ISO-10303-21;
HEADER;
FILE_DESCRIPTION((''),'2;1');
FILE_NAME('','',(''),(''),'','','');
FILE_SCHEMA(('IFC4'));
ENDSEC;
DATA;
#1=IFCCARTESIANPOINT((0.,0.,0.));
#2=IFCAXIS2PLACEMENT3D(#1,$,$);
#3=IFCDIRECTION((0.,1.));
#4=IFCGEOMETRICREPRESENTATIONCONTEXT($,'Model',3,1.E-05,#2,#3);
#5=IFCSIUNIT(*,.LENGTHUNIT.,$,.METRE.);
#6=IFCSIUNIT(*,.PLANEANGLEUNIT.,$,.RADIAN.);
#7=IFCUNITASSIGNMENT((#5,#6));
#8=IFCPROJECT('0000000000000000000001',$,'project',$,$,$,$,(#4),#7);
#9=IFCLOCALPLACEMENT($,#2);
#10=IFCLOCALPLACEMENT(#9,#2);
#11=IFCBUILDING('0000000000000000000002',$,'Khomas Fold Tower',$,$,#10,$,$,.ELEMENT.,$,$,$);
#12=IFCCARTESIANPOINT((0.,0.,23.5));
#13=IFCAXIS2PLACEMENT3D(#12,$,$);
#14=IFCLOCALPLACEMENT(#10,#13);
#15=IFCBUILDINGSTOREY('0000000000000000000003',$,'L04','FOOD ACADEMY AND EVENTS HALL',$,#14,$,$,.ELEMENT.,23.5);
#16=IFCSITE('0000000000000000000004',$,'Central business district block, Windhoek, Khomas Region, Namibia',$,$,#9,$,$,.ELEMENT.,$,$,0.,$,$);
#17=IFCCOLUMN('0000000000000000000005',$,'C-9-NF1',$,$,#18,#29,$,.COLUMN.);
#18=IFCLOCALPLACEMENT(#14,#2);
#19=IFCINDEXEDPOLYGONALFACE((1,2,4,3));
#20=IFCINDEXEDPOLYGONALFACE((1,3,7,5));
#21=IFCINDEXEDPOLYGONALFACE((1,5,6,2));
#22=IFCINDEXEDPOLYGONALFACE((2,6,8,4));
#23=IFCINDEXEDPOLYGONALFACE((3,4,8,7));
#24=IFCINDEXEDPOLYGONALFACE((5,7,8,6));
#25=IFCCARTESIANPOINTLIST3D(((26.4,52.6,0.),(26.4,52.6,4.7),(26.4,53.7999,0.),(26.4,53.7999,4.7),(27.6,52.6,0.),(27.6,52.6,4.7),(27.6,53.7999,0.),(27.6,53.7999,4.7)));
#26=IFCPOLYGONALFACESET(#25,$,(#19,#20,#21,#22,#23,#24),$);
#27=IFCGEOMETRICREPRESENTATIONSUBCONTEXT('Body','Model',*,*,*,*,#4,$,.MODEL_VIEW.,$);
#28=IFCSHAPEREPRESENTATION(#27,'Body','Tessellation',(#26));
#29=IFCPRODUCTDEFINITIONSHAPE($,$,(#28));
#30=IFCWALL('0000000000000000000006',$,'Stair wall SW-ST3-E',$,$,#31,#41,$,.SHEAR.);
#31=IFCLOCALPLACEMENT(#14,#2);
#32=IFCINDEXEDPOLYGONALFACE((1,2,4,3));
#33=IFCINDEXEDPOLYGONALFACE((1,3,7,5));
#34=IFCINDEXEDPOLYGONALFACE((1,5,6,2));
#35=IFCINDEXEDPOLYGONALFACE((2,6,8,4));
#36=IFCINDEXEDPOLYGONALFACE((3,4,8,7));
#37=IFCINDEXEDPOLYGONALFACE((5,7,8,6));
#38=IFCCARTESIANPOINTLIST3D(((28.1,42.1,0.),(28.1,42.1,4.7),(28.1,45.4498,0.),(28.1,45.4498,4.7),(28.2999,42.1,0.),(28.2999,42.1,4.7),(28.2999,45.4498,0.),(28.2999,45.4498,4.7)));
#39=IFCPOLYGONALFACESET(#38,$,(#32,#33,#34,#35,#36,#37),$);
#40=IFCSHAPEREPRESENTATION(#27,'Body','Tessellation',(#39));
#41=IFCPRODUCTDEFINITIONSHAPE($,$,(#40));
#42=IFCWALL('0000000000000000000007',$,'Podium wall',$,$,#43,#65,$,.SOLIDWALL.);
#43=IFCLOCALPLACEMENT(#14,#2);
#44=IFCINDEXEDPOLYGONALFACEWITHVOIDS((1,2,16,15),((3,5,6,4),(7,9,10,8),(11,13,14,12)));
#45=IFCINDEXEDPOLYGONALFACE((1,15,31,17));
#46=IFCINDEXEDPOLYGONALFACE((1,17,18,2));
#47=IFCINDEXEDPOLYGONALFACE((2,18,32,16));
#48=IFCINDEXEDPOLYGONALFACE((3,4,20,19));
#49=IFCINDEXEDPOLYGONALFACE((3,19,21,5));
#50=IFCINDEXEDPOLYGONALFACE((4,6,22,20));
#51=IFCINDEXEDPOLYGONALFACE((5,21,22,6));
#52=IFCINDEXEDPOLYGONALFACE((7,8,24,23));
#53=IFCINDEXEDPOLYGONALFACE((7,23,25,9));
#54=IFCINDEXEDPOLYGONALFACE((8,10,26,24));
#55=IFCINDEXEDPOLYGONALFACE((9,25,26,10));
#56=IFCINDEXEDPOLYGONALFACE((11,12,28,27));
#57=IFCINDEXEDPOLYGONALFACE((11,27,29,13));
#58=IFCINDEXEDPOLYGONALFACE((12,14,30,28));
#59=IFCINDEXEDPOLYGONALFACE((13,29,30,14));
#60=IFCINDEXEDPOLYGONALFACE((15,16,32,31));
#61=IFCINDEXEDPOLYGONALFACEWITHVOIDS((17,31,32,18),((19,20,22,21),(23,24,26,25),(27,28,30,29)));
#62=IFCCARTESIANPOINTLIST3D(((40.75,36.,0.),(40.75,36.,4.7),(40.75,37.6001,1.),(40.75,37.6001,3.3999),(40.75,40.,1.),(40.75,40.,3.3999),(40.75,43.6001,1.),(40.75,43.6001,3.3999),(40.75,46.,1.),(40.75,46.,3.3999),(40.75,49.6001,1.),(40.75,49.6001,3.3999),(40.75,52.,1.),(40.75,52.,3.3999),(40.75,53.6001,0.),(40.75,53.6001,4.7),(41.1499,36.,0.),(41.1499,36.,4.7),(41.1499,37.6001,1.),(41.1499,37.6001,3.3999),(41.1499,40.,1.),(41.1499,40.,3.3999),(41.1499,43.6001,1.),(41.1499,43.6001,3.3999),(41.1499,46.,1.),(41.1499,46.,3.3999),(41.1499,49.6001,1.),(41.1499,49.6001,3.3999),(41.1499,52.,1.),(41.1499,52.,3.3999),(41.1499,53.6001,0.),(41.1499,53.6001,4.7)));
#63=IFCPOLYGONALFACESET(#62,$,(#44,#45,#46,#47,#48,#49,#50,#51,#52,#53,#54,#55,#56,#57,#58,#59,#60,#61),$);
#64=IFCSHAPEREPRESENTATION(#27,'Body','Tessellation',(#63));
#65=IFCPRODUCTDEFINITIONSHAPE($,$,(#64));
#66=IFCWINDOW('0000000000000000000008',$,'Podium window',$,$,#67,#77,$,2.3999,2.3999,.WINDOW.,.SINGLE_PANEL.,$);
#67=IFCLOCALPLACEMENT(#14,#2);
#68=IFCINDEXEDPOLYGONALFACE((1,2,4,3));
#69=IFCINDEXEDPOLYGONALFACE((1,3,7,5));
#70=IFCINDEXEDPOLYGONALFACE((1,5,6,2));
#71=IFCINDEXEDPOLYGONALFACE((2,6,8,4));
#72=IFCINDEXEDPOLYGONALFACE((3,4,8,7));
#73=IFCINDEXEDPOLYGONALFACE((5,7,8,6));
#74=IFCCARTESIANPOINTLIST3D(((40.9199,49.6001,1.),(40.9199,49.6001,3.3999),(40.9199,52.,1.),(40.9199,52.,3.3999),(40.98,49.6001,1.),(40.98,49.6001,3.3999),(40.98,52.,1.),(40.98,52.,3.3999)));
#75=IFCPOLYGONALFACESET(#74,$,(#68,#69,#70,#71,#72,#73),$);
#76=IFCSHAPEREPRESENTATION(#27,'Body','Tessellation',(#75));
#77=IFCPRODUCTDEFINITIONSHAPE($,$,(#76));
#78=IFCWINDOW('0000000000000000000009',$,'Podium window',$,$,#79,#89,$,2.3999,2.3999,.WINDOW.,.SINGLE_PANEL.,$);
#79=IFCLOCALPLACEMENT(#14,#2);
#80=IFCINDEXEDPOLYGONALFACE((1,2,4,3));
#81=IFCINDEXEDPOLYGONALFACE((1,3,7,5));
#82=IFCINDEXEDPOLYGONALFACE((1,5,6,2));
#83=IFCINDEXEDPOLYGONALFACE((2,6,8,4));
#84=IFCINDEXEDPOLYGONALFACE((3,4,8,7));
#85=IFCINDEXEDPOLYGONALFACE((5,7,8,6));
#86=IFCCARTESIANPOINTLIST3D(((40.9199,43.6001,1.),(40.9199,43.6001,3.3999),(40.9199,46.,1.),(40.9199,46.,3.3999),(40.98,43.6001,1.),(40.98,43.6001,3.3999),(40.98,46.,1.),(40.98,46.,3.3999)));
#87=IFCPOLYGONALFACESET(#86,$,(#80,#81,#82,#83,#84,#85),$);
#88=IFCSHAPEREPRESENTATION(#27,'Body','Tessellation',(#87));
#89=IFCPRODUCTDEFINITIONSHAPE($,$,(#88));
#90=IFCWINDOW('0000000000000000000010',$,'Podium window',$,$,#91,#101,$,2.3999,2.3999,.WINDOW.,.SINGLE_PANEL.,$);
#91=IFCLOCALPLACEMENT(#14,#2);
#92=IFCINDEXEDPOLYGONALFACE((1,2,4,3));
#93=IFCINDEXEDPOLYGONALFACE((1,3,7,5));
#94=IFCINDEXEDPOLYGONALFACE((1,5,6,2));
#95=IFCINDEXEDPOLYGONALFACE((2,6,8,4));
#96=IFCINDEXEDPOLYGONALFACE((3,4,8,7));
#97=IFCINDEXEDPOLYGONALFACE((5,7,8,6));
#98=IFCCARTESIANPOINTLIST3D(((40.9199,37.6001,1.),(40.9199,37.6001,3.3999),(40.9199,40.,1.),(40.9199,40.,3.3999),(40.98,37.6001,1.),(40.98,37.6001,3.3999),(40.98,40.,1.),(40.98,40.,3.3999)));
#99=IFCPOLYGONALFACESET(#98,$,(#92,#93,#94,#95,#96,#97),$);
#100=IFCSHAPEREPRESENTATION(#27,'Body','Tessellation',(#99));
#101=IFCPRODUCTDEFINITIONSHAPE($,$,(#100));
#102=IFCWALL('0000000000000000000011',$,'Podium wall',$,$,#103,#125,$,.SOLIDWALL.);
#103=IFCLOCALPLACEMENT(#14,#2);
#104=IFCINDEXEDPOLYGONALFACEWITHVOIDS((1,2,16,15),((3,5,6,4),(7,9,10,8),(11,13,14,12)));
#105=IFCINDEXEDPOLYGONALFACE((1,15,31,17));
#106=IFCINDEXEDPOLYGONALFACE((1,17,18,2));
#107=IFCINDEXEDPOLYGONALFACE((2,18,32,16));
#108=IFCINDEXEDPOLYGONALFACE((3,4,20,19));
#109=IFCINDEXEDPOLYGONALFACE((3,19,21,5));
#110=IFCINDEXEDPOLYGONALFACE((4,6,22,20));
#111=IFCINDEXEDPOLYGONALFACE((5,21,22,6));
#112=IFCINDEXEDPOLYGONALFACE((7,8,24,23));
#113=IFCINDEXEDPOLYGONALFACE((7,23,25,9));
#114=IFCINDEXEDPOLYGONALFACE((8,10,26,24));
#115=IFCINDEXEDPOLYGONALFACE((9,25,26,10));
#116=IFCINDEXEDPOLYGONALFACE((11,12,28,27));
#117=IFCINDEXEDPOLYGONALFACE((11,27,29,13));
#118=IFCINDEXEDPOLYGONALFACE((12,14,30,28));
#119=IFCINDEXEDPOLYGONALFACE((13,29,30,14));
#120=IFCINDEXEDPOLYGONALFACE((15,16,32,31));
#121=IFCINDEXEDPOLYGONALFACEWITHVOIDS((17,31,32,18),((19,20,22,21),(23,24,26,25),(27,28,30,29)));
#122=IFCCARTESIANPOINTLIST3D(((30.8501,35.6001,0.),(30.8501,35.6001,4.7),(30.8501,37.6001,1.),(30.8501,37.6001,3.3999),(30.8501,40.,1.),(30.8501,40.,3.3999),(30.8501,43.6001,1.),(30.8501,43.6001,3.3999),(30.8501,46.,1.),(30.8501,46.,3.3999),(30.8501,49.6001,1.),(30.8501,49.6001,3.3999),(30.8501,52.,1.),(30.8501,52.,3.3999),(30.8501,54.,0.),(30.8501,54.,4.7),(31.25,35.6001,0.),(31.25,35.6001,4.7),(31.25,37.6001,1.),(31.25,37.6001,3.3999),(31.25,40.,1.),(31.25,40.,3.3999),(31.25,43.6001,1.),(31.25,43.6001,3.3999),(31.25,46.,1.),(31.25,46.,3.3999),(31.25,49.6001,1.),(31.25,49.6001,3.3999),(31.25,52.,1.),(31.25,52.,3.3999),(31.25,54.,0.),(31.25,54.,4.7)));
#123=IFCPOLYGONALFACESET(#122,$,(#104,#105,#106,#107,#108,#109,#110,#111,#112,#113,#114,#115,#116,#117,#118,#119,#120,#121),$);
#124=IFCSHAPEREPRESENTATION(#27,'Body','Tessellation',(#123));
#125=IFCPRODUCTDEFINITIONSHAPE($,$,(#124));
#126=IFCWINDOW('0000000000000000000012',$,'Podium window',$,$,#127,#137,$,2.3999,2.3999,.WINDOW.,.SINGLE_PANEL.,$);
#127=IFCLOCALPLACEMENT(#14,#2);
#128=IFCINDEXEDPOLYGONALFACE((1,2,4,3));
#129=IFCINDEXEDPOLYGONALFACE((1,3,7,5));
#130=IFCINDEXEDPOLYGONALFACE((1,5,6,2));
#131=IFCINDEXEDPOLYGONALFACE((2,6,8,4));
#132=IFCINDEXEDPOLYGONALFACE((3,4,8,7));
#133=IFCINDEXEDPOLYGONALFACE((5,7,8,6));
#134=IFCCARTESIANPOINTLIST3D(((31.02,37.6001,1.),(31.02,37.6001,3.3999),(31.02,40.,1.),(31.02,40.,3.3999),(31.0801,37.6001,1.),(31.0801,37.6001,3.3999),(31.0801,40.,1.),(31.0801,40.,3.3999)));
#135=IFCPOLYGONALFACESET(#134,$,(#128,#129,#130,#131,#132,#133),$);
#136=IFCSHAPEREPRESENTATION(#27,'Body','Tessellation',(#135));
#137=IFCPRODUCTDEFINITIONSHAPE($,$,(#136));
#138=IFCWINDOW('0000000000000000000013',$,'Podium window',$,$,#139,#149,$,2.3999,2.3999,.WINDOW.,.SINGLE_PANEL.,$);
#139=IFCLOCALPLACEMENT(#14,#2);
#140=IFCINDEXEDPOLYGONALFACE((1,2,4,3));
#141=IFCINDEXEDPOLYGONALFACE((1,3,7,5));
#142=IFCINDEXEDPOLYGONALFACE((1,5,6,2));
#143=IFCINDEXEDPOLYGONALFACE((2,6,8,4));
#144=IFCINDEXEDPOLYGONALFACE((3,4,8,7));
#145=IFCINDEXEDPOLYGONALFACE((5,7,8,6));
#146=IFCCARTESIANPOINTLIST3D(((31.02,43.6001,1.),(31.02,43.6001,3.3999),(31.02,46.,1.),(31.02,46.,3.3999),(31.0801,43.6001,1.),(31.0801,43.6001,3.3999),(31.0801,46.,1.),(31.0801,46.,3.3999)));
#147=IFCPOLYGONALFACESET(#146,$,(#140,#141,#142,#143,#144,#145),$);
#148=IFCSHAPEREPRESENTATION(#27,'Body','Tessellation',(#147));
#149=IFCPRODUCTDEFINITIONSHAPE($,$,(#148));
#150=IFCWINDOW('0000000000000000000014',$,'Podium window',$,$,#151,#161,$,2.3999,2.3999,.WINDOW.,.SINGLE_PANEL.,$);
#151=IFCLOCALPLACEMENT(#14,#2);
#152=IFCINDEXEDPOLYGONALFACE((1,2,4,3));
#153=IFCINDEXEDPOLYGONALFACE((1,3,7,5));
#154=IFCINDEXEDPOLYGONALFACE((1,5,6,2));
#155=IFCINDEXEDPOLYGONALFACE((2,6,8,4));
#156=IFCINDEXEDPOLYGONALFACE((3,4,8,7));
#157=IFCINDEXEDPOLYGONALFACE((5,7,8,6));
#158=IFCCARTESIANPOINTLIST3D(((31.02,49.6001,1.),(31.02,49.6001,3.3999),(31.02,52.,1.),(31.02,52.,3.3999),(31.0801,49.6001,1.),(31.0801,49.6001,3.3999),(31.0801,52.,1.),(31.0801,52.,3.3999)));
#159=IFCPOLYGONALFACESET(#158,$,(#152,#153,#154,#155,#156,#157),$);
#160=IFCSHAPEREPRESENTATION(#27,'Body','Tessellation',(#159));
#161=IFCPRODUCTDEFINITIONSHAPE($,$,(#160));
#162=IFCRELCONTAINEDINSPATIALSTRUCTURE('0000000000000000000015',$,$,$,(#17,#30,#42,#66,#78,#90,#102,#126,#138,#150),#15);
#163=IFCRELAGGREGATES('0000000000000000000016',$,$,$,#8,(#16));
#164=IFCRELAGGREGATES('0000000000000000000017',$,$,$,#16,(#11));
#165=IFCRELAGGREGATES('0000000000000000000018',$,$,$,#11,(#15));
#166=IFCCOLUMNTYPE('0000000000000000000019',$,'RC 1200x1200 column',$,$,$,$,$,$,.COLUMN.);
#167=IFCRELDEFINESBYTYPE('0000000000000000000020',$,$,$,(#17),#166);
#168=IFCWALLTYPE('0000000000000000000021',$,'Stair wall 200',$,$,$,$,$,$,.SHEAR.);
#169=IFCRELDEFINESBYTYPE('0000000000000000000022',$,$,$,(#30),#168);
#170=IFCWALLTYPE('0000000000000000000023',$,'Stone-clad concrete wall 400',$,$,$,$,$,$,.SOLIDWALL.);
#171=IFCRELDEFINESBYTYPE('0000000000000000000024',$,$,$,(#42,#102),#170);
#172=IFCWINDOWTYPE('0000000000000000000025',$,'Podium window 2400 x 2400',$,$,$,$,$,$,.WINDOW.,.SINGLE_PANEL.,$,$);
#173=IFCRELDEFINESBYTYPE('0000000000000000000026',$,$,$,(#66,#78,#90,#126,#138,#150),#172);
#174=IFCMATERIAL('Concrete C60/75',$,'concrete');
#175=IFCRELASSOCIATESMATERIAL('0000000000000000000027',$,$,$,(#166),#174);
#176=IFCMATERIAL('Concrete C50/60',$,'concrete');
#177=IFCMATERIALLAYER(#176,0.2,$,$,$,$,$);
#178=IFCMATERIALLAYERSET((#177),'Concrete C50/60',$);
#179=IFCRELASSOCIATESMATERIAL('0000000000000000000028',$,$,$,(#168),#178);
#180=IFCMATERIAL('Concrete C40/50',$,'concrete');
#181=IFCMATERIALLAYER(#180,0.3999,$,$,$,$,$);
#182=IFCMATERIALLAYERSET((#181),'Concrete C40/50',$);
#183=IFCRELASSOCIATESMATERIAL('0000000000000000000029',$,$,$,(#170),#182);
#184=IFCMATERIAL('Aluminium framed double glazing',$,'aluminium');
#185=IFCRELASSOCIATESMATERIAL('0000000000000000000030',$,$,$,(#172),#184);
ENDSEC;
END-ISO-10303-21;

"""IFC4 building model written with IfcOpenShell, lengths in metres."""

from ifc_helpers import new_model, si_unit, direction, frame, frame_2d, origin, origin_2d, place, context, subcontext, project, spatial, rectangle, extrude, source, transform, mapped, material, layer, layer_set, material_profile, profile_set, type_object, element, fill, save


model = new_model("IFC4")

# Units and contexts
model_context = context("Model", 3, precision=1e-05, world=origin(), true_north=direction((0.0, 1.0)))
body_context = subcontext(model_context, "Body", "Model", "MODEL_VIEW")
ifc_project = project(units=[si_unit("LENGTHUNIT", "METRE"), si_unit("PLANEANGLEUNIT", "RADIAN")], contexts=[model_context])

# Site, building, storey
site_placement = place(None, origin())
site = spatial("IfcSite", under=ifc_project, at=site_placement, Name="Central business district block, Windhoek, Khomas Region, Namibia", CompositionType="ELEMENT", RefElevation=0.0)
building_placement = place(site_placement, origin())
building = spatial("IfcBuilding", under=site, at=building_placement, Name="Khomas Fold Tower", CompositionType="ELEMENT")
storey_placement = place(building_placement, frame((0.0, 0.0, 23.5)))
storey = spatial("IfcBuildingStorey", under=building, at=storey_placement, Name="L04", Description="FOOD ACADEMY AND EVENTS HALL", CompositionType="ELEMENT", Elevation=23.5)

# Column
ifc_material_1 = material(Name="Concrete C60/75", Category="concrete")
ifc_material_profile = material_profile(ifc_material_1, rectangle(XDim=1.2, YDim=1.2, at=origin_2d()), Name="RC 1200x1200")
ifc_profile_set = profile_set([ifc_material_profile], Name="Concrete C60/75")
column_type = type_object("IfcColumnType", Name="RC 1200x1200 column", PredefinedType="COLUMN", material=ifc_profile_set)
shared_shape_1 = source(origin(), body_context, "Body", "SweptSolid", [
    extrude(rectangle(XDim=1.2, YDim=1.2, at=origin_2d()), origin(), (0.0, 0.0, 1.0), 4.7),
])
column_placement = place(storey_placement, frame((27.0, 53.2, 0.0), z_axis=(0.0, 0.0, 1.0), x_axis=(1.0, 0.0, 0.0)))
element("IfcColumn", 1, at=column_placement, inside=storey, type_object=column_type, Name="C-9-NF1", PredefinedType="COLUMN", context=body_context, shape_type="MappedRepresentation", body=[
    mapped(shared_shape_1, transform((0.0, 0.0, 0.0))),
])

# Wall
ifc_material_2 = material(Name="Concrete C50/60", Category="concrete")
ifc_layer_1 = layer(ifc_material_2, 0.2)
ifc_layer_set_1 = layer_set([ifc_layer_1], Name="Concrete C50/60")
wall_type_1 = type_object("IfcWallType", Name="Stair wall 200", PredefinedType="SHEAR", material=ifc_layer_set_1)
shared_shape_2 = source(origin(), body_context, "Body", "SweptSolid", [
    extrude(rectangle(XDim=3.3499, YDim=0.2, at=frame_2d((1.6748, 0.0))), origin(), (0.0, 0.0, 1.0), 4.7),
])
wall_1_placement = place(storey_placement, frame((28.2, 42.1001, 0.0), z_axis=(0.0, 0.0, 1.0), x_axis=(0.0, 1.0, 0.0)))
element("IfcWall", 2, at=wall_1_placement, inside=storey, type_object=wall_type_1, Name="Stair wall SW-ST3-E", PredefinedType="SHEAR", context=body_context, shape_type="MappedRepresentation", body=[
    mapped(shared_shape_2, transform((0.0, 0.0, 0.0))),
])

# Walls, openings, windows
ifc_material_3 = material(Name="Concrete C40/50", Category="concrete")
ifc_layer_2 = layer(ifc_material_3, 0.3999)
ifc_layer_set_2 = layer_set([ifc_layer_2], Name="Concrete C40/50")
wall_type_2 = type_object("IfcWallType", Name="Stone-clad concrete wall 400", PredefinedType="SOLIDWALL", material=ifc_layer_set_2)
shared_shape_3 = source(origin(), body_context, "Body", "SweptSolid", [
    extrude(rectangle(XDim=17.6001, YDim=0.3999, at=frame_2d((8.8, 0.0))), origin(), (0.0, 0.0, 1.0), 4.7),
])
wall_2_placement = place(storey_placement, frame((40.95, 53.6001, 0.0), z_axis=(0.0, 0.0, 1.0), x_axis=(0.0, -1.0, 0.0)))
wall_2 = element("IfcWall", 3, at=wall_2_placement, inside=storey, type_object=wall_type_2, Name="Podium wall", PredefinedType="SOLIDWALL", context=body_context, shape_type="MappedRepresentation", body=[
    mapped(shared_shape_3, transform((0.0, 0.0, 0.0))),
])
shared_shape_4 = source(origin(), body_context, "Body", "SweptSolid", [
    extrude(rectangle(XDim=2.3999, YDim=2.3999, at=frame_2d((1.2, 1.2))), frame((0.0, 0.21, 0.0), z_axis=(0.0, -1.0, 0.0), x_axis=(1.0, 0.0, 0.0)), (0.0, 0.0, 1.0), 0.4199),
])
opening_1_placement = place(wall_2_placement, frame((1.6001, 0.0, 1.0)))
opening_1 = element("IfcOpeningElement", 4, at=opening_1_placement, cuts=wall_2, PredefinedType="OPENING", context=body_context, shape_type="MappedRepresentation", body=[
    mapped(shared_shape_4, transform((0.0, 0.0, 0.0))),
])
opening_2_placement = place(wall_2_placement, frame((7.6001, 0.0, 1.0)))
opening_2 = element("IfcOpeningElement", 5, at=opening_2_placement, cuts=wall_2, PredefinedType="OPENING", context=body_context, shape_type="MappedRepresentation", body=[
    mapped(shared_shape_4, transform((0.0, 0.0, 0.0))),
])
opening_3_placement = place(wall_2_placement, frame((13.6001, 0.0, 1.0)))
opening_3 = element("IfcOpeningElement", 6, at=opening_3_placement, cuts=wall_2, PredefinedType="OPENING", context=body_context, shape_type="MappedRepresentation", body=[
    mapped(shared_shape_4, transform((0.0, 0.0, 0.0))),
])
ifc_material_4 = material(Name="Aluminium framed double glazing", Category="aluminium")
window_type = type_object("IfcWindowType", Name="Podium window 2400 x 2400", PartitioningType="SINGLE_PANEL", PredefinedType="WINDOW", material=ifc_material_4)
shared_shape_5 = source(origin(), body_context, "Body", "SweptSolid", [
    extrude(rectangle(XDim=2.3999, YDim=2.3999, at=frame_2d((1.2, 1.2))), frame((0.0, 0.03, 0.0), z_axis=(0.0, -1.0, 0.0), x_axis=(1.0, 0.0, 0.0)), (0.0, 0.0, 1.0), 0.0601),
])
window_1_placement = place(opening_1_placement, origin())
window_1 = element("IfcWindow", 7, at=window_1_placement, inside=storey, type_object=window_type, Name="Podium window", OverallHeight=2.3999, OverallWidth=2.3999, PartitioningType="SINGLE_PANEL", PredefinedType="WINDOW", context=body_context, shape_type="MappedRepresentation", body=[
    mapped(shared_shape_5, transform((0.0, 0.0, 0.0))),
])
fill(opening_1, window_1)
window_2_placement = place(opening_2_placement, origin())
window_2 = element("IfcWindow", 8, at=window_2_placement, inside=storey, type_object=window_type, Name="Podium window", OverallHeight=2.3999, OverallWidth=2.3999, PartitioningType="SINGLE_PANEL", PredefinedType="WINDOW", context=body_context, shape_type="MappedRepresentation", body=[
    mapped(shared_shape_5, transform((0.0, 0.0, 0.0))),
])
fill(opening_2, window_2)
window_3_placement = place(opening_3_placement, origin())
window_3 = element("IfcWindow", 9, at=window_3_placement, inside=storey, type_object=window_type, Name="Podium window", OverallHeight=2.3999, OverallWidth=2.3999, PartitioningType="SINGLE_PANEL", PredefinedType="WINDOW", context=body_context, shape_type="MappedRepresentation", body=[
    mapped(shared_shape_5, transform((0.0, 0.0, 0.0))),
])
fill(opening_3, window_3)
shared_shape_6 = source(origin(), body_context, "Body", "SweptSolid", [
    extrude(rectangle(XDim=18.3999, YDim=0.3999, at=frame_2d((9.2, 0.0))), origin(), (0.0, 0.0, 1.0), 4.7),
])
wall_3_placement = place(storey_placement, frame((31.05, 35.6001, 0.0), z_axis=(0.0, 0.0, 1.0), x_axis=(0.0, 1.0, 0.0)))
wall_3 = element("IfcWall", 10, at=wall_3_placement, inside=storey, type_object=wall_type_2, Name="Podium wall", PredefinedType="SOLIDWALL", context=body_context, shape_type="MappedRepresentation", body=[
    mapped(shared_shape_6, transform((0.0, 0.0, 0.0))),
])
opening_4_placement = place(wall_3_placement, frame((2.0, 0.0, 1.0)))
opening_4 = element("IfcOpeningElement", 11, at=opening_4_placement, cuts=wall_3, PredefinedType="OPENING", context=body_context, shape_type="MappedRepresentation", body=[
    mapped(shared_shape_4, transform((0.0, 0.0, 0.0))),
])
opening_5_placement = place(wall_3_placement, frame((8.0, 0.0, 1.0)))
opening_5 = element("IfcOpeningElement", 12, at=opening_5_placement, cuts=wall_3, PredefinedType="OPENING", context=body_context, shape_type="MappedRepresentation", body=[
    mapped(shared_shape_4, transform((0.0, 0.0, 0.0))),
])
opening_6_placement = place(wall_3_placement, frame((14.0, 0.0, 1.0)))
opening_6 = element("IfcOpeningElement", 13, at=opening_6_placement, cuts=wall_3, PredefinedType="OPENING", context=body_context, shape_type="MappedRepresentation", body=[
    mapped(shared_shape_4, transform((0.0, 0.0, 0.0))),
])
window_4_placement = place(opening_4_placement, origin())
window_4 = element("IfcWindow", 14, at=window_4_placement, inside=storey, type_object=window_type, Name="Podium window", OverallHeight=2.3999, OverallWidth=2.3999, PartitioningType="SINGLE_PANEL", PredefinedType="WINDOW", context=body_context, shape_type="MappedRepresentation", body=[
    mapped(shared_shape_5, transform((0.0, 0.0, 0.0))),
])
fill(opening_4, window_4)
window_5_placement = place(opening_5_placement, origin())
window_5 = element("IfcWindow", 15, at=window_5_placement, inside=storey, type_object=window_type, Name="Podium window", OverallHeight=2.3999, OverallWidth=2.3999, PartitioningType="SINGLE_PANEL", PredefinedType="WINDOW", context=body_context, shape_type="MappedRepresentation", body=[
    mapped(shared_shape_5, transform((0.0, 0.0, 0.0))),
])
fill(opening_5, window_5)
window_6_placement = place(opening_6_placement, origin())
window_6 = element("IfcWindow", 16, at=window_6_placement, inside=storey, type_object=window_type, Name="Podium window", OverallHeight=2.3999, OverallWidth=2.3999, PartitioningType="SINGLE_PANEL", PredefinedType="WINDOW", context=body_context, shape_type="MappedRepresentation", body=[
    mapped(shared_shape_5, transform((0.0, 0.0, 0.0))),
])
fill(opening_6, window_6)

save(model, "model.ifc")
